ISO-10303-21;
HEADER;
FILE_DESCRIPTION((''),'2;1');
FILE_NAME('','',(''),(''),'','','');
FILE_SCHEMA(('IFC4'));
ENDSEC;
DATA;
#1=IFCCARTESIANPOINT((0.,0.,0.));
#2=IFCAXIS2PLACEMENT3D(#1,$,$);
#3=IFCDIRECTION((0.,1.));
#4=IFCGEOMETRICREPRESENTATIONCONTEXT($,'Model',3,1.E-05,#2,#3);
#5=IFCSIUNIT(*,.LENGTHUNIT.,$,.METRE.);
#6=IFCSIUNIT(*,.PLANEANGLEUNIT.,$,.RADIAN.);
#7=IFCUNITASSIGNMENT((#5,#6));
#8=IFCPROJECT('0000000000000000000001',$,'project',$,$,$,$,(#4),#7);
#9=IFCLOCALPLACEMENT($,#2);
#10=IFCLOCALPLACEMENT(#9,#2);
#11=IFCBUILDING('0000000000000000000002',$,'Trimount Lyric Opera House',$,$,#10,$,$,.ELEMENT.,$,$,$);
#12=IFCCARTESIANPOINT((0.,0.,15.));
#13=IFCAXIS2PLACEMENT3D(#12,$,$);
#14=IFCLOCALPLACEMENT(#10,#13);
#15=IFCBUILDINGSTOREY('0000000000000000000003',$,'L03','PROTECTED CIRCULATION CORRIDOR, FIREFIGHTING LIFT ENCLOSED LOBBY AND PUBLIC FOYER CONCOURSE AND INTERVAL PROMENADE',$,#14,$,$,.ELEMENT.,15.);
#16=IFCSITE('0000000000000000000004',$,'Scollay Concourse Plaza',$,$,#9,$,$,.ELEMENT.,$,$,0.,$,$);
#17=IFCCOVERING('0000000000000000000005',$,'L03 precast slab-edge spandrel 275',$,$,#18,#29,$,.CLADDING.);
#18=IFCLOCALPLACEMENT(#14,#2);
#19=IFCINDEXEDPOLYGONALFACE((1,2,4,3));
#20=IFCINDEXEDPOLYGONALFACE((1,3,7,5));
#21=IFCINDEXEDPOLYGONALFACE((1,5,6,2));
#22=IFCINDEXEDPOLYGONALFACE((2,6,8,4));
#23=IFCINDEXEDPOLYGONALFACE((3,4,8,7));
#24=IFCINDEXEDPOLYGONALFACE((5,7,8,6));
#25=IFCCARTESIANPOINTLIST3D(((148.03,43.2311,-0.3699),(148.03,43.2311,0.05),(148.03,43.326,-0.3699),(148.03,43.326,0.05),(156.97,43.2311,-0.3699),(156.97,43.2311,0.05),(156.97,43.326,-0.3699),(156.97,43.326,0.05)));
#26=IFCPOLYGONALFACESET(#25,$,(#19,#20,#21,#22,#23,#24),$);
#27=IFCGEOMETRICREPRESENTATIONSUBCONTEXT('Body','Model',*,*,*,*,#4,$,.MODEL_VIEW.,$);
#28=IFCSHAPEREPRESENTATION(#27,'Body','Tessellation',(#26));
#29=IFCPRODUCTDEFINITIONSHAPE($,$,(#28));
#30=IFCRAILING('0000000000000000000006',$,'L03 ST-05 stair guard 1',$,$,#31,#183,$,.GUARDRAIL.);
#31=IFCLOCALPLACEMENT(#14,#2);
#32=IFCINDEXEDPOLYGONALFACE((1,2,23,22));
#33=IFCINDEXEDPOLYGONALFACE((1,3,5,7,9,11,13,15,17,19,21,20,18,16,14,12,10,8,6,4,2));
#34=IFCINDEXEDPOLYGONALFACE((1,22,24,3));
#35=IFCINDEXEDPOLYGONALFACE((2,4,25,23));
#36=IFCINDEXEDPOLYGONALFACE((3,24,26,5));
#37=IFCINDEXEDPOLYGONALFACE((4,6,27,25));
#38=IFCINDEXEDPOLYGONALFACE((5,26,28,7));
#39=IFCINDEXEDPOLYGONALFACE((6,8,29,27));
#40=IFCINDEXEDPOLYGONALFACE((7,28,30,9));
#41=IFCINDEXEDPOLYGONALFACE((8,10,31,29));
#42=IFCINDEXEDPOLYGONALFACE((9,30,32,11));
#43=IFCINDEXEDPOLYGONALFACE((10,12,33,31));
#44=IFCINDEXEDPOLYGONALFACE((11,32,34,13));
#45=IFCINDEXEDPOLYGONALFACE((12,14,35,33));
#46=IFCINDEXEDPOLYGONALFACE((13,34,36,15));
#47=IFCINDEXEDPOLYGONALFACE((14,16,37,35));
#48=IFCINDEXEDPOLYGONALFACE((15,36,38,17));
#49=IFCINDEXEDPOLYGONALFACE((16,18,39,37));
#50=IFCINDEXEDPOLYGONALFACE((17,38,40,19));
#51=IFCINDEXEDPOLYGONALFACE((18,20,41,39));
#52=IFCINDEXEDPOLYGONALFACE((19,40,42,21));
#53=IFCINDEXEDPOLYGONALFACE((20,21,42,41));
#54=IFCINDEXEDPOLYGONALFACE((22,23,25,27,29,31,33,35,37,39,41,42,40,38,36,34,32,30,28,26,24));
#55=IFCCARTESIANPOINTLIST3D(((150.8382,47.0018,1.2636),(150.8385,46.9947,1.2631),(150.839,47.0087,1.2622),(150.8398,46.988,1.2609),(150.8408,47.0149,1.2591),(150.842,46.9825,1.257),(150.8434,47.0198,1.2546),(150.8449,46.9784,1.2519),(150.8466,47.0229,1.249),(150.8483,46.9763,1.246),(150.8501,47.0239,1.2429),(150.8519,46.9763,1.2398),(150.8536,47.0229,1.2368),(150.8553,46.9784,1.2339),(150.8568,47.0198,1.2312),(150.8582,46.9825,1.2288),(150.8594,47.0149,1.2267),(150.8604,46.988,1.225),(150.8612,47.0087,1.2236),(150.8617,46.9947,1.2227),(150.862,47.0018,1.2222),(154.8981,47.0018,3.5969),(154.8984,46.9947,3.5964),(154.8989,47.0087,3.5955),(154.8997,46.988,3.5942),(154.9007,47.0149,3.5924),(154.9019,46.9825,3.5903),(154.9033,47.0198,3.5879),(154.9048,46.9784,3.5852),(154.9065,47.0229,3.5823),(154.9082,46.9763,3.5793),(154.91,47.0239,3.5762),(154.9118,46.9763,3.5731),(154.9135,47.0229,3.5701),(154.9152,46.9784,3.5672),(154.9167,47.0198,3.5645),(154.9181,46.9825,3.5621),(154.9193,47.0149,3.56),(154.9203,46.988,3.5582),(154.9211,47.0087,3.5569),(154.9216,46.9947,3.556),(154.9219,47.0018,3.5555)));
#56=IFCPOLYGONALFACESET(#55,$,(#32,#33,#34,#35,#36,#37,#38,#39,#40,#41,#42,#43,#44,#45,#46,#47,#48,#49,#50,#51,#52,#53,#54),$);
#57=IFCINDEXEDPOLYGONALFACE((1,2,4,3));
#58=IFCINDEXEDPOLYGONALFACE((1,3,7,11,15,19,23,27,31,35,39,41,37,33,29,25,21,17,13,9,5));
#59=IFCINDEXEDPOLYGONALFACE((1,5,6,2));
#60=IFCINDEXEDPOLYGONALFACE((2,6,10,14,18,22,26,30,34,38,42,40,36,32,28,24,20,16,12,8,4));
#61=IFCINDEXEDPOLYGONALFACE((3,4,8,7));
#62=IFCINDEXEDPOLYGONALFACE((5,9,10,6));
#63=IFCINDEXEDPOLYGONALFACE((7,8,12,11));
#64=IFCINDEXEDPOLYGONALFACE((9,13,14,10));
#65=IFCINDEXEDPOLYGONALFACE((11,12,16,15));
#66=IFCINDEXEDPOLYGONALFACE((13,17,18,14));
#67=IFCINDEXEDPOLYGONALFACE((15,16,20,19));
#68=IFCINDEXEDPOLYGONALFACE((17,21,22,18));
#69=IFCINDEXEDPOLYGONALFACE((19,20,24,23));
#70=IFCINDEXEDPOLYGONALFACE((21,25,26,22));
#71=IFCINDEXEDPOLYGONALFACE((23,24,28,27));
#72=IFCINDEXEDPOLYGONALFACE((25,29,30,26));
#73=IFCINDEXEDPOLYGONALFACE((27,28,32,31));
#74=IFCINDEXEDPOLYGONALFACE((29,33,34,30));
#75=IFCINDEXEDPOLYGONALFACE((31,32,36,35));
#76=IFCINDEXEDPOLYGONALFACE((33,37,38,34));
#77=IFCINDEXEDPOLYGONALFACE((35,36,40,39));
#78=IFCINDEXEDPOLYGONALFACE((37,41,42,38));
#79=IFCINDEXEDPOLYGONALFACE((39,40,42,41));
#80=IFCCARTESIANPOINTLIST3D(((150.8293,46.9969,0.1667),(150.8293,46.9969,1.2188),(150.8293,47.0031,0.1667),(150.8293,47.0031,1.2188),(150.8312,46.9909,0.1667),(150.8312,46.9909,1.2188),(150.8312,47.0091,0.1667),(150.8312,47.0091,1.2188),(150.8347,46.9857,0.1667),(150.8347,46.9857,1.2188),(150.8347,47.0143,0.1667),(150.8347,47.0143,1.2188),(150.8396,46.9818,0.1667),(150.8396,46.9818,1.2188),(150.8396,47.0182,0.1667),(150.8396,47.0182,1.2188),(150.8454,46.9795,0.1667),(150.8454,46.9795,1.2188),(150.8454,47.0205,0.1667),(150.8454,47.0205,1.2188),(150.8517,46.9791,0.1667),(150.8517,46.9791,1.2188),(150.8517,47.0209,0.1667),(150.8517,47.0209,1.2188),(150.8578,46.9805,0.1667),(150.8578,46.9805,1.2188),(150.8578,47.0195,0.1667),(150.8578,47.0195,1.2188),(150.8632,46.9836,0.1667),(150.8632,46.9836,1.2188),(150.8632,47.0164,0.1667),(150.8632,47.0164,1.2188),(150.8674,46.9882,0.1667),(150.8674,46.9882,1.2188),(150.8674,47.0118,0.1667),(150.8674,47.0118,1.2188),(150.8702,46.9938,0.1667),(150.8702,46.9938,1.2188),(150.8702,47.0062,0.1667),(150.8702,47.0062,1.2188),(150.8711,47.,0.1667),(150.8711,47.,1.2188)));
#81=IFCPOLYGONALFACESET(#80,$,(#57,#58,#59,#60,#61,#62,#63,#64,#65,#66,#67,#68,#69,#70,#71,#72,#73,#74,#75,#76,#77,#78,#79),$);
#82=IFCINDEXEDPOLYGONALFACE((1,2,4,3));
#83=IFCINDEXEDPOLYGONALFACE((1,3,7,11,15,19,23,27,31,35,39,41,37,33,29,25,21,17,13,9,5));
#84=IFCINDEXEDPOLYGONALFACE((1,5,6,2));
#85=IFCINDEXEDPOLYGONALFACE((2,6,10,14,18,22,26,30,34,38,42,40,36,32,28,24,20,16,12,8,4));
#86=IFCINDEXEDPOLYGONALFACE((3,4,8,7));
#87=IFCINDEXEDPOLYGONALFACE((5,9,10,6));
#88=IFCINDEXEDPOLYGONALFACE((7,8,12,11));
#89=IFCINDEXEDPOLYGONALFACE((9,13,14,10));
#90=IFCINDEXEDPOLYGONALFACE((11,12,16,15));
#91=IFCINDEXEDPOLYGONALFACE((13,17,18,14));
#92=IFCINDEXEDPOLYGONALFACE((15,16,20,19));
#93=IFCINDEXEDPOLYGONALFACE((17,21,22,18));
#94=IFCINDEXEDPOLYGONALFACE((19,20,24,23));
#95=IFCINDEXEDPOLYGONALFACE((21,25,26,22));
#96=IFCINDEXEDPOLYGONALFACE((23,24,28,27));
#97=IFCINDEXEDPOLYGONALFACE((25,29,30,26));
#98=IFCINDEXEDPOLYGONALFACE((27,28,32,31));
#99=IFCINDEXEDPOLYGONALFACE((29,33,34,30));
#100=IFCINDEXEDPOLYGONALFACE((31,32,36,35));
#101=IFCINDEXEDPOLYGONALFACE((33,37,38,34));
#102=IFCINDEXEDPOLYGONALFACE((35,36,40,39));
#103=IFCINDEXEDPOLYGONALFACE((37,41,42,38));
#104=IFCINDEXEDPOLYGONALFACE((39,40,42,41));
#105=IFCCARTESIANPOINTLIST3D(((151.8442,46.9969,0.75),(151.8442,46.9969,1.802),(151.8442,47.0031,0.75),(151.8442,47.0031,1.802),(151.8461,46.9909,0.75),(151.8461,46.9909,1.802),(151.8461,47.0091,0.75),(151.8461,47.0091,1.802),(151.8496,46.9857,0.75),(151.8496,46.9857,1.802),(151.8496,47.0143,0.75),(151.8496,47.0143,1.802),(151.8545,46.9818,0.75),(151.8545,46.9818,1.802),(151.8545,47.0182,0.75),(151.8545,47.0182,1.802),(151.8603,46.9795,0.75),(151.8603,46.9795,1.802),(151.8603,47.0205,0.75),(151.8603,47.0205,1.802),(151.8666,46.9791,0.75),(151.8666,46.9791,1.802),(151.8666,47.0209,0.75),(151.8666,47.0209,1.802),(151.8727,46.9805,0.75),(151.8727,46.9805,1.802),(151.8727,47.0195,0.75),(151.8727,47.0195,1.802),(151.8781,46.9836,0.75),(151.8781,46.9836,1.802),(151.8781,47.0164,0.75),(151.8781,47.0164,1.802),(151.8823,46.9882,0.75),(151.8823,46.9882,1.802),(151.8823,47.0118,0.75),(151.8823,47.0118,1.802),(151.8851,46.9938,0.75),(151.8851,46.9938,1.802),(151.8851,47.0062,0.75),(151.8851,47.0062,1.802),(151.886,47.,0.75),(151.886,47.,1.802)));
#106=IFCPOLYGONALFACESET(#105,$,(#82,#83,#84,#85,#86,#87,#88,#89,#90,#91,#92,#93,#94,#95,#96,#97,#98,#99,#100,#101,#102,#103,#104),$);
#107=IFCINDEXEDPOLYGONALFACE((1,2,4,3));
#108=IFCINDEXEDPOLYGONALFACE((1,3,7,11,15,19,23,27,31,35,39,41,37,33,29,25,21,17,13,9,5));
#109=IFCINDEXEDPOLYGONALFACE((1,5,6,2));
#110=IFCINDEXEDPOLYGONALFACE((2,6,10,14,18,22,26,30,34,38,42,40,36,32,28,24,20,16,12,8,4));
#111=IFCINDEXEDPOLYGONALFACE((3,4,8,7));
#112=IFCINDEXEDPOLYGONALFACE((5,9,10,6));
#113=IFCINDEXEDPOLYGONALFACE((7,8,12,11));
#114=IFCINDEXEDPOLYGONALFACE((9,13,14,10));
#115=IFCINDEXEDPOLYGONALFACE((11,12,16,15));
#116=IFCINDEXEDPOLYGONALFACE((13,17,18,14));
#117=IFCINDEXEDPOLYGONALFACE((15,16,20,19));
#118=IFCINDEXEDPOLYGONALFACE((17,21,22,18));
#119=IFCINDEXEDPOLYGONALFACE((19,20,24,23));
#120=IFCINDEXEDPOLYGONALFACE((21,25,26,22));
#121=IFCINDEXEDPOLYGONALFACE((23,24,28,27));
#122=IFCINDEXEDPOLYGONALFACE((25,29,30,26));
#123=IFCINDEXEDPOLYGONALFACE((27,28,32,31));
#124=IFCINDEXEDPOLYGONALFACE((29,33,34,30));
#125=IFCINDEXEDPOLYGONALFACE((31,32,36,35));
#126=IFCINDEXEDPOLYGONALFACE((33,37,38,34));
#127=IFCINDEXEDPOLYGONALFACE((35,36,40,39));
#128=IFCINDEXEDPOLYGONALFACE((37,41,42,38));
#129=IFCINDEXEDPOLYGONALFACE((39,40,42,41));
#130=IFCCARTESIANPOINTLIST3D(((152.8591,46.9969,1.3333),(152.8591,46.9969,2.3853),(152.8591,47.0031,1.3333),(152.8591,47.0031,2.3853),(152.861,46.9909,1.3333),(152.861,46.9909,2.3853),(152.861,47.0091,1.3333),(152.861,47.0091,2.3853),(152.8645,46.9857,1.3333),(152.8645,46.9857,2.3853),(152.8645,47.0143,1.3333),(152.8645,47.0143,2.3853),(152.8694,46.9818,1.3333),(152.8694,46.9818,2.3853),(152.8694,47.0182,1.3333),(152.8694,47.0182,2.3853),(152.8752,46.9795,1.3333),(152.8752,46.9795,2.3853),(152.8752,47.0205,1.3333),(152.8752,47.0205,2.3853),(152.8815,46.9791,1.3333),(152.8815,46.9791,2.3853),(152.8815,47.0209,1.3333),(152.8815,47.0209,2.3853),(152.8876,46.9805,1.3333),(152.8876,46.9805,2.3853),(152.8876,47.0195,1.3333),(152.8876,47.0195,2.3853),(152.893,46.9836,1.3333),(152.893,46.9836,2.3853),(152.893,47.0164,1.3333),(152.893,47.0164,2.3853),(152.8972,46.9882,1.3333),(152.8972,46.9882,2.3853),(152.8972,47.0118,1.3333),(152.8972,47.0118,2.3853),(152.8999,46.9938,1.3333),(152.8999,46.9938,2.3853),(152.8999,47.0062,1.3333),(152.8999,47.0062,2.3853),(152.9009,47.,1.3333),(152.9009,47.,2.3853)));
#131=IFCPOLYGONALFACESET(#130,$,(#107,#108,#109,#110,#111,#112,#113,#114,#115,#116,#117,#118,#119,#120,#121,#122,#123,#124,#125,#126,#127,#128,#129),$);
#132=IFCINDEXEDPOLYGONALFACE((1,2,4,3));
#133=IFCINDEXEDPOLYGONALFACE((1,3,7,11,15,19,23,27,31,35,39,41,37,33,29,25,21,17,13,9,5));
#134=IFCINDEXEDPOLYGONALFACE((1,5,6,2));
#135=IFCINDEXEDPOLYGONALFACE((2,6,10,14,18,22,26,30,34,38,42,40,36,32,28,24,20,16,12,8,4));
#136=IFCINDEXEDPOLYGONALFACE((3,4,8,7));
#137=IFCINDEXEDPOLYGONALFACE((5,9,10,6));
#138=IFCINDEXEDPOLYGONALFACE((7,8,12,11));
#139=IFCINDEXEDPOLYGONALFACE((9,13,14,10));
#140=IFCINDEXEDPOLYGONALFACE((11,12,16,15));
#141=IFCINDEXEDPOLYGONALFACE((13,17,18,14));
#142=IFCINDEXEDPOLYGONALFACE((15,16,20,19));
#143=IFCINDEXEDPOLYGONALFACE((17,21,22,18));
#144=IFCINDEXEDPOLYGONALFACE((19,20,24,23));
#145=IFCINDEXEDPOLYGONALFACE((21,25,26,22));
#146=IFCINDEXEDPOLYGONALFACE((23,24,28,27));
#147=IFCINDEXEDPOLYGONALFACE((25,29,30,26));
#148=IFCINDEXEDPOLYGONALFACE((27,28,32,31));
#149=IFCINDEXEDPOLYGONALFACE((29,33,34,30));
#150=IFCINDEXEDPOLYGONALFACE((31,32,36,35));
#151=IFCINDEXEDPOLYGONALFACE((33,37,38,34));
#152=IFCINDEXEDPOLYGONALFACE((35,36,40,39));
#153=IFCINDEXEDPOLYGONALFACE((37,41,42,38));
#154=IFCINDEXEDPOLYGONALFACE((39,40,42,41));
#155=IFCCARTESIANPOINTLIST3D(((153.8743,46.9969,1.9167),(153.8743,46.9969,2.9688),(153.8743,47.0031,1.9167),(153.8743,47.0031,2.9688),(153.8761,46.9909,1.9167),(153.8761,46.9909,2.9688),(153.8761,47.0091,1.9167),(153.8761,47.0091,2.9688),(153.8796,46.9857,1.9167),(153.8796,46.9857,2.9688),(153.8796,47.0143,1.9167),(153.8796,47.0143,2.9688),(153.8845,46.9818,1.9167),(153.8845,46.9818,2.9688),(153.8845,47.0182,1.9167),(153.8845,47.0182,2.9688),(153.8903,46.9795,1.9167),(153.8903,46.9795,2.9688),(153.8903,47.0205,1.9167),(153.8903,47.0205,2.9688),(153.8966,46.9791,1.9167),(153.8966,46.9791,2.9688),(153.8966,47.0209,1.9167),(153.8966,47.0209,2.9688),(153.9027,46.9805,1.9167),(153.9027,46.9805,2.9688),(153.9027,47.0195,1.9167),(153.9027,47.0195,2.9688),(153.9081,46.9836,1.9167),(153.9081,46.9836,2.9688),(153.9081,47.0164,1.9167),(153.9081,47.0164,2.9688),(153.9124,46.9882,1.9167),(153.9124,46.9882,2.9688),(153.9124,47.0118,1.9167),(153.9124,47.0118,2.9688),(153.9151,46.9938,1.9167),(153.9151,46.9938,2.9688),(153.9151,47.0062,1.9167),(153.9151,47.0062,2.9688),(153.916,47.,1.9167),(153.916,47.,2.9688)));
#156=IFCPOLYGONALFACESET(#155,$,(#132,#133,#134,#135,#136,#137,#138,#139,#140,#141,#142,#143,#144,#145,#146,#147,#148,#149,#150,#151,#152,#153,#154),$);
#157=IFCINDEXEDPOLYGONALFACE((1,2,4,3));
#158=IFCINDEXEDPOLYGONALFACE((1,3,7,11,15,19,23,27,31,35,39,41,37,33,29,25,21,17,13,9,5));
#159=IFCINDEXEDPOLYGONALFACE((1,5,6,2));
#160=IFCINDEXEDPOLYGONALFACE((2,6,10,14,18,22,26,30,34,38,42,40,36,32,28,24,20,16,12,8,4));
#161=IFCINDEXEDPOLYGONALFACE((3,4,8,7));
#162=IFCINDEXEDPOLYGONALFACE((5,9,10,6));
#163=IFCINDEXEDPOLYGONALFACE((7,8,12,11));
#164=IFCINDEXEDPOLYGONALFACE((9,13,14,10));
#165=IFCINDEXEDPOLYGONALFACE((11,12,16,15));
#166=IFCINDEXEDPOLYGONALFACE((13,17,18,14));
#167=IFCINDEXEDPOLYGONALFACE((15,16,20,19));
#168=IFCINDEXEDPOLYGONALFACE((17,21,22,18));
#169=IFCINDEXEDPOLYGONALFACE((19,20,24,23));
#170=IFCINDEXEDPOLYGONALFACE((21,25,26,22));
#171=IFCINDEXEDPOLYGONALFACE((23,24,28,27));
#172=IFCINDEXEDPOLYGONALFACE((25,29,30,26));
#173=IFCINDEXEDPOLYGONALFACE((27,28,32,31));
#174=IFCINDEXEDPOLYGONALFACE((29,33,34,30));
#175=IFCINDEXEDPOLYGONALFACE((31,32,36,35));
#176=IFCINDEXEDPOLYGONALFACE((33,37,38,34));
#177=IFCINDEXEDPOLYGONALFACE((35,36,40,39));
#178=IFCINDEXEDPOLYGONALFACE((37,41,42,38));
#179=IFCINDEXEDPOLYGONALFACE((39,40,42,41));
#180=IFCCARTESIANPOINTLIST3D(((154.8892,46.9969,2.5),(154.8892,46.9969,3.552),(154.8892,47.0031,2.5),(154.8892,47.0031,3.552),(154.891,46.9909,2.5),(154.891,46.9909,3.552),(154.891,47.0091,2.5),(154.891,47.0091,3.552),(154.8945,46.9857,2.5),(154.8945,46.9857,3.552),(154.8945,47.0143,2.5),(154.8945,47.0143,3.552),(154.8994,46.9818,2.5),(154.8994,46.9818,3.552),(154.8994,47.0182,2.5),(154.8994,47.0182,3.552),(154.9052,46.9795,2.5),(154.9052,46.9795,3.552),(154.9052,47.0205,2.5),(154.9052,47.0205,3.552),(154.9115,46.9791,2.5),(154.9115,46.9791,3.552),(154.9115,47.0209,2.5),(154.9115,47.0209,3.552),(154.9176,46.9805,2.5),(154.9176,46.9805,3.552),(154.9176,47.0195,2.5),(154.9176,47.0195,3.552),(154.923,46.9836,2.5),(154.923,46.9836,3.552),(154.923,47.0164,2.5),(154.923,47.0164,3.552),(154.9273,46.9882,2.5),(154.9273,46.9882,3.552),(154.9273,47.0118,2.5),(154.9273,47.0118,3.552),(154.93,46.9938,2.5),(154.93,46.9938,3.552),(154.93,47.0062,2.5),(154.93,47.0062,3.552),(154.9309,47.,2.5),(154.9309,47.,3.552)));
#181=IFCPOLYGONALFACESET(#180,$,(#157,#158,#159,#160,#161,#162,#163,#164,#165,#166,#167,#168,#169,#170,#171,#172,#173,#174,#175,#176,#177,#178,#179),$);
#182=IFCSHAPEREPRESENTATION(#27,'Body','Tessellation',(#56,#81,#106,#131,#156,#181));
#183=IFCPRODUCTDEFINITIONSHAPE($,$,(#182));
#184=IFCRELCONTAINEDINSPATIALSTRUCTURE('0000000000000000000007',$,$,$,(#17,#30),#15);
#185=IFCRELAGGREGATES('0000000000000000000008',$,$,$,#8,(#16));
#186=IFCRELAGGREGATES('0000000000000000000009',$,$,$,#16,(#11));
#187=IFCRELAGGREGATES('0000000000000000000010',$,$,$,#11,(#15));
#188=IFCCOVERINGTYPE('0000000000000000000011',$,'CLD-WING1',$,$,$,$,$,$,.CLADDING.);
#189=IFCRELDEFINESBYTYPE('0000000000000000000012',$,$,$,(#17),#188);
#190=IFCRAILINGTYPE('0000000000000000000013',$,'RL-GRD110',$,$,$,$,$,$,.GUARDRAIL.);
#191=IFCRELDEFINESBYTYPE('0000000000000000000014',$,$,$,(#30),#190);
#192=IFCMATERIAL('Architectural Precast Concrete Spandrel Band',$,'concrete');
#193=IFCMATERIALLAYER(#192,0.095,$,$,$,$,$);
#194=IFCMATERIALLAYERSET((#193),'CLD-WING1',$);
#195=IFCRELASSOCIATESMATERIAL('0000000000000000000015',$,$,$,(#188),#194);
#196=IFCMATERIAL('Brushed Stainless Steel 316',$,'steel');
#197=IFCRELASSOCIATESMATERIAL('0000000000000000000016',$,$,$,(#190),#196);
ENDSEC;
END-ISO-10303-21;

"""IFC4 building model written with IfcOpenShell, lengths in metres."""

from ifc_helpers import new_model, si_unit, direction, frame, origin, origin_2d, place, context, subcontext, project, spatial, rectangle, circle, extrude, material, layer, layer_set, type_object, element, save


model = new_model("IFC4")

# Units and contexts
model_context = context("Model", 3, precision=1e-05, world=origin(), true_north=direction((0.0, 1.0)))
body_context = subcontext(model_context, "Body", "Model", "MODEL_VIEW")
ifc_project = project(units=[si_unit("LENGTHUNIT", "METRE"), si_unit("PLANEANGLEUNIT", "RADIAN")], contexts=[model_context])

# Site, building, storey
site_placement = place(None, origin())
site = spatial("IfcSite", under=ifc_project, at=site_placement, Name="Scollay Concourse Plaza", CompositionType="ELEMENT", RefElevation=0.0)
building_placement = place(site_placement, origin())
building = spatial("IfcBuilding", under=site, at=building_placement, Name="Trimount Lyric Opera House", CompositionType="ELEMENT")
storey_placement = place(building_placement, frame((0.0, 0.0, 15.0)))
storey = spatial("IfcBuildingStorey", under=building, at=storey_placement, Name="L03", Description="PROTECTED CIRCULATION CORRIDOR, FIREFIGHTING LIFT ENCLOSED LOBBY AND PUBLIC FOYER CONCOURSE AND INTERVAL PROMENADE", CompositionType="ELEMENT", Elevation=15.0)

# Covering
ifc_material_1 = material(Name="Architectural Precast Concrete Spandrel Band", Category="concrete")
ifc_layer_1 = layer(ifc_material_1, 0.095)
ifc_layer_set_1 = layer_set([ifc_layer_1], Name="CLD-WING1")
covering_type = type_object("IfcCoveringType", Name="CLD-WING1", PredefinedType="CLADDING", material=ifc_layer_set_1)
covering_1_placement = place(storey_placement, frame((152.5, 43.2786, -0.3699), z_axis=(0.0, 0.0, 1.0), x_axis=(-1.0, 0.0, 0.0)))
element("IfcCovering", 1, at=covering_1_placement, inside=storey, type_object=covering_type, Name="L03 precast slab-edge spandrel 275", PredefinedType="CLADDING", context=body_context, shape_type="SweptSolid", body=[
    extrude(rectangle(XDim=8.9399, YDim=0.095, at=origin_2d()), origin(), (0.0, 0.0, 1.0), 0.4199),
])

# Railing
ifc_material_2 = material(Name="Brushed Stainless Steel 316", Category="steel")
railing_type_1 = type_object("IfcRailingType", Name="RL-GRD110", PredefinedType="GUARDRAIL", material=ifc_material_2)
railing_1_placement = place(storey_placement, frame((150.8501, 47.0, 0.1667)))
element("IfcRailing", 2, at=railing_1_placement, inside=storey, type_object=railing_type_1, Name="L03 ST-05 stair guard 1", PredefinedType="GUARDRAIL", context=body_context, shape_type="SweptSolid", body=[
    extrude(circle(Radius=0.0239, at=origin_2d()), frame((0.0, 0.0, 1.0762), z_axis=(0.867012, 0.0, 0.498288), x_axis=(0.0, 1.0, 0.0)), (0.0, 0.0, 1.0), 4.6826),
    extrude(circle(Radius=0.021, at=origin_2d()), origin(), (0.0, 0.0, 1.0), 1.052),
    extrude(circle(Radius=0.021, at=origin_2d()), frame((1.0149, 0.0, 0.5833)), (0.0, 0.0, 1.0), 1.052),
    extrude(circle(Radius=0.021, at=origin_2d()), frame((2.0298, 0.0, 1.1665)), (0.0, 0.0, 1.0), 1.052),
    extrude(circle(Radius=0.021, at=origin_2d()), frame((3.0449, 0.0, 1.75)), (0.0, 0.0, 1.0), 1.052),
    extrude(circle(Radius=0.021, at=origin_2d()), frame((4.0598, 0.0, 2.3333)), (0.0, 0.0, 1.0), 1.052),
])

save(model, "model.ifc")
